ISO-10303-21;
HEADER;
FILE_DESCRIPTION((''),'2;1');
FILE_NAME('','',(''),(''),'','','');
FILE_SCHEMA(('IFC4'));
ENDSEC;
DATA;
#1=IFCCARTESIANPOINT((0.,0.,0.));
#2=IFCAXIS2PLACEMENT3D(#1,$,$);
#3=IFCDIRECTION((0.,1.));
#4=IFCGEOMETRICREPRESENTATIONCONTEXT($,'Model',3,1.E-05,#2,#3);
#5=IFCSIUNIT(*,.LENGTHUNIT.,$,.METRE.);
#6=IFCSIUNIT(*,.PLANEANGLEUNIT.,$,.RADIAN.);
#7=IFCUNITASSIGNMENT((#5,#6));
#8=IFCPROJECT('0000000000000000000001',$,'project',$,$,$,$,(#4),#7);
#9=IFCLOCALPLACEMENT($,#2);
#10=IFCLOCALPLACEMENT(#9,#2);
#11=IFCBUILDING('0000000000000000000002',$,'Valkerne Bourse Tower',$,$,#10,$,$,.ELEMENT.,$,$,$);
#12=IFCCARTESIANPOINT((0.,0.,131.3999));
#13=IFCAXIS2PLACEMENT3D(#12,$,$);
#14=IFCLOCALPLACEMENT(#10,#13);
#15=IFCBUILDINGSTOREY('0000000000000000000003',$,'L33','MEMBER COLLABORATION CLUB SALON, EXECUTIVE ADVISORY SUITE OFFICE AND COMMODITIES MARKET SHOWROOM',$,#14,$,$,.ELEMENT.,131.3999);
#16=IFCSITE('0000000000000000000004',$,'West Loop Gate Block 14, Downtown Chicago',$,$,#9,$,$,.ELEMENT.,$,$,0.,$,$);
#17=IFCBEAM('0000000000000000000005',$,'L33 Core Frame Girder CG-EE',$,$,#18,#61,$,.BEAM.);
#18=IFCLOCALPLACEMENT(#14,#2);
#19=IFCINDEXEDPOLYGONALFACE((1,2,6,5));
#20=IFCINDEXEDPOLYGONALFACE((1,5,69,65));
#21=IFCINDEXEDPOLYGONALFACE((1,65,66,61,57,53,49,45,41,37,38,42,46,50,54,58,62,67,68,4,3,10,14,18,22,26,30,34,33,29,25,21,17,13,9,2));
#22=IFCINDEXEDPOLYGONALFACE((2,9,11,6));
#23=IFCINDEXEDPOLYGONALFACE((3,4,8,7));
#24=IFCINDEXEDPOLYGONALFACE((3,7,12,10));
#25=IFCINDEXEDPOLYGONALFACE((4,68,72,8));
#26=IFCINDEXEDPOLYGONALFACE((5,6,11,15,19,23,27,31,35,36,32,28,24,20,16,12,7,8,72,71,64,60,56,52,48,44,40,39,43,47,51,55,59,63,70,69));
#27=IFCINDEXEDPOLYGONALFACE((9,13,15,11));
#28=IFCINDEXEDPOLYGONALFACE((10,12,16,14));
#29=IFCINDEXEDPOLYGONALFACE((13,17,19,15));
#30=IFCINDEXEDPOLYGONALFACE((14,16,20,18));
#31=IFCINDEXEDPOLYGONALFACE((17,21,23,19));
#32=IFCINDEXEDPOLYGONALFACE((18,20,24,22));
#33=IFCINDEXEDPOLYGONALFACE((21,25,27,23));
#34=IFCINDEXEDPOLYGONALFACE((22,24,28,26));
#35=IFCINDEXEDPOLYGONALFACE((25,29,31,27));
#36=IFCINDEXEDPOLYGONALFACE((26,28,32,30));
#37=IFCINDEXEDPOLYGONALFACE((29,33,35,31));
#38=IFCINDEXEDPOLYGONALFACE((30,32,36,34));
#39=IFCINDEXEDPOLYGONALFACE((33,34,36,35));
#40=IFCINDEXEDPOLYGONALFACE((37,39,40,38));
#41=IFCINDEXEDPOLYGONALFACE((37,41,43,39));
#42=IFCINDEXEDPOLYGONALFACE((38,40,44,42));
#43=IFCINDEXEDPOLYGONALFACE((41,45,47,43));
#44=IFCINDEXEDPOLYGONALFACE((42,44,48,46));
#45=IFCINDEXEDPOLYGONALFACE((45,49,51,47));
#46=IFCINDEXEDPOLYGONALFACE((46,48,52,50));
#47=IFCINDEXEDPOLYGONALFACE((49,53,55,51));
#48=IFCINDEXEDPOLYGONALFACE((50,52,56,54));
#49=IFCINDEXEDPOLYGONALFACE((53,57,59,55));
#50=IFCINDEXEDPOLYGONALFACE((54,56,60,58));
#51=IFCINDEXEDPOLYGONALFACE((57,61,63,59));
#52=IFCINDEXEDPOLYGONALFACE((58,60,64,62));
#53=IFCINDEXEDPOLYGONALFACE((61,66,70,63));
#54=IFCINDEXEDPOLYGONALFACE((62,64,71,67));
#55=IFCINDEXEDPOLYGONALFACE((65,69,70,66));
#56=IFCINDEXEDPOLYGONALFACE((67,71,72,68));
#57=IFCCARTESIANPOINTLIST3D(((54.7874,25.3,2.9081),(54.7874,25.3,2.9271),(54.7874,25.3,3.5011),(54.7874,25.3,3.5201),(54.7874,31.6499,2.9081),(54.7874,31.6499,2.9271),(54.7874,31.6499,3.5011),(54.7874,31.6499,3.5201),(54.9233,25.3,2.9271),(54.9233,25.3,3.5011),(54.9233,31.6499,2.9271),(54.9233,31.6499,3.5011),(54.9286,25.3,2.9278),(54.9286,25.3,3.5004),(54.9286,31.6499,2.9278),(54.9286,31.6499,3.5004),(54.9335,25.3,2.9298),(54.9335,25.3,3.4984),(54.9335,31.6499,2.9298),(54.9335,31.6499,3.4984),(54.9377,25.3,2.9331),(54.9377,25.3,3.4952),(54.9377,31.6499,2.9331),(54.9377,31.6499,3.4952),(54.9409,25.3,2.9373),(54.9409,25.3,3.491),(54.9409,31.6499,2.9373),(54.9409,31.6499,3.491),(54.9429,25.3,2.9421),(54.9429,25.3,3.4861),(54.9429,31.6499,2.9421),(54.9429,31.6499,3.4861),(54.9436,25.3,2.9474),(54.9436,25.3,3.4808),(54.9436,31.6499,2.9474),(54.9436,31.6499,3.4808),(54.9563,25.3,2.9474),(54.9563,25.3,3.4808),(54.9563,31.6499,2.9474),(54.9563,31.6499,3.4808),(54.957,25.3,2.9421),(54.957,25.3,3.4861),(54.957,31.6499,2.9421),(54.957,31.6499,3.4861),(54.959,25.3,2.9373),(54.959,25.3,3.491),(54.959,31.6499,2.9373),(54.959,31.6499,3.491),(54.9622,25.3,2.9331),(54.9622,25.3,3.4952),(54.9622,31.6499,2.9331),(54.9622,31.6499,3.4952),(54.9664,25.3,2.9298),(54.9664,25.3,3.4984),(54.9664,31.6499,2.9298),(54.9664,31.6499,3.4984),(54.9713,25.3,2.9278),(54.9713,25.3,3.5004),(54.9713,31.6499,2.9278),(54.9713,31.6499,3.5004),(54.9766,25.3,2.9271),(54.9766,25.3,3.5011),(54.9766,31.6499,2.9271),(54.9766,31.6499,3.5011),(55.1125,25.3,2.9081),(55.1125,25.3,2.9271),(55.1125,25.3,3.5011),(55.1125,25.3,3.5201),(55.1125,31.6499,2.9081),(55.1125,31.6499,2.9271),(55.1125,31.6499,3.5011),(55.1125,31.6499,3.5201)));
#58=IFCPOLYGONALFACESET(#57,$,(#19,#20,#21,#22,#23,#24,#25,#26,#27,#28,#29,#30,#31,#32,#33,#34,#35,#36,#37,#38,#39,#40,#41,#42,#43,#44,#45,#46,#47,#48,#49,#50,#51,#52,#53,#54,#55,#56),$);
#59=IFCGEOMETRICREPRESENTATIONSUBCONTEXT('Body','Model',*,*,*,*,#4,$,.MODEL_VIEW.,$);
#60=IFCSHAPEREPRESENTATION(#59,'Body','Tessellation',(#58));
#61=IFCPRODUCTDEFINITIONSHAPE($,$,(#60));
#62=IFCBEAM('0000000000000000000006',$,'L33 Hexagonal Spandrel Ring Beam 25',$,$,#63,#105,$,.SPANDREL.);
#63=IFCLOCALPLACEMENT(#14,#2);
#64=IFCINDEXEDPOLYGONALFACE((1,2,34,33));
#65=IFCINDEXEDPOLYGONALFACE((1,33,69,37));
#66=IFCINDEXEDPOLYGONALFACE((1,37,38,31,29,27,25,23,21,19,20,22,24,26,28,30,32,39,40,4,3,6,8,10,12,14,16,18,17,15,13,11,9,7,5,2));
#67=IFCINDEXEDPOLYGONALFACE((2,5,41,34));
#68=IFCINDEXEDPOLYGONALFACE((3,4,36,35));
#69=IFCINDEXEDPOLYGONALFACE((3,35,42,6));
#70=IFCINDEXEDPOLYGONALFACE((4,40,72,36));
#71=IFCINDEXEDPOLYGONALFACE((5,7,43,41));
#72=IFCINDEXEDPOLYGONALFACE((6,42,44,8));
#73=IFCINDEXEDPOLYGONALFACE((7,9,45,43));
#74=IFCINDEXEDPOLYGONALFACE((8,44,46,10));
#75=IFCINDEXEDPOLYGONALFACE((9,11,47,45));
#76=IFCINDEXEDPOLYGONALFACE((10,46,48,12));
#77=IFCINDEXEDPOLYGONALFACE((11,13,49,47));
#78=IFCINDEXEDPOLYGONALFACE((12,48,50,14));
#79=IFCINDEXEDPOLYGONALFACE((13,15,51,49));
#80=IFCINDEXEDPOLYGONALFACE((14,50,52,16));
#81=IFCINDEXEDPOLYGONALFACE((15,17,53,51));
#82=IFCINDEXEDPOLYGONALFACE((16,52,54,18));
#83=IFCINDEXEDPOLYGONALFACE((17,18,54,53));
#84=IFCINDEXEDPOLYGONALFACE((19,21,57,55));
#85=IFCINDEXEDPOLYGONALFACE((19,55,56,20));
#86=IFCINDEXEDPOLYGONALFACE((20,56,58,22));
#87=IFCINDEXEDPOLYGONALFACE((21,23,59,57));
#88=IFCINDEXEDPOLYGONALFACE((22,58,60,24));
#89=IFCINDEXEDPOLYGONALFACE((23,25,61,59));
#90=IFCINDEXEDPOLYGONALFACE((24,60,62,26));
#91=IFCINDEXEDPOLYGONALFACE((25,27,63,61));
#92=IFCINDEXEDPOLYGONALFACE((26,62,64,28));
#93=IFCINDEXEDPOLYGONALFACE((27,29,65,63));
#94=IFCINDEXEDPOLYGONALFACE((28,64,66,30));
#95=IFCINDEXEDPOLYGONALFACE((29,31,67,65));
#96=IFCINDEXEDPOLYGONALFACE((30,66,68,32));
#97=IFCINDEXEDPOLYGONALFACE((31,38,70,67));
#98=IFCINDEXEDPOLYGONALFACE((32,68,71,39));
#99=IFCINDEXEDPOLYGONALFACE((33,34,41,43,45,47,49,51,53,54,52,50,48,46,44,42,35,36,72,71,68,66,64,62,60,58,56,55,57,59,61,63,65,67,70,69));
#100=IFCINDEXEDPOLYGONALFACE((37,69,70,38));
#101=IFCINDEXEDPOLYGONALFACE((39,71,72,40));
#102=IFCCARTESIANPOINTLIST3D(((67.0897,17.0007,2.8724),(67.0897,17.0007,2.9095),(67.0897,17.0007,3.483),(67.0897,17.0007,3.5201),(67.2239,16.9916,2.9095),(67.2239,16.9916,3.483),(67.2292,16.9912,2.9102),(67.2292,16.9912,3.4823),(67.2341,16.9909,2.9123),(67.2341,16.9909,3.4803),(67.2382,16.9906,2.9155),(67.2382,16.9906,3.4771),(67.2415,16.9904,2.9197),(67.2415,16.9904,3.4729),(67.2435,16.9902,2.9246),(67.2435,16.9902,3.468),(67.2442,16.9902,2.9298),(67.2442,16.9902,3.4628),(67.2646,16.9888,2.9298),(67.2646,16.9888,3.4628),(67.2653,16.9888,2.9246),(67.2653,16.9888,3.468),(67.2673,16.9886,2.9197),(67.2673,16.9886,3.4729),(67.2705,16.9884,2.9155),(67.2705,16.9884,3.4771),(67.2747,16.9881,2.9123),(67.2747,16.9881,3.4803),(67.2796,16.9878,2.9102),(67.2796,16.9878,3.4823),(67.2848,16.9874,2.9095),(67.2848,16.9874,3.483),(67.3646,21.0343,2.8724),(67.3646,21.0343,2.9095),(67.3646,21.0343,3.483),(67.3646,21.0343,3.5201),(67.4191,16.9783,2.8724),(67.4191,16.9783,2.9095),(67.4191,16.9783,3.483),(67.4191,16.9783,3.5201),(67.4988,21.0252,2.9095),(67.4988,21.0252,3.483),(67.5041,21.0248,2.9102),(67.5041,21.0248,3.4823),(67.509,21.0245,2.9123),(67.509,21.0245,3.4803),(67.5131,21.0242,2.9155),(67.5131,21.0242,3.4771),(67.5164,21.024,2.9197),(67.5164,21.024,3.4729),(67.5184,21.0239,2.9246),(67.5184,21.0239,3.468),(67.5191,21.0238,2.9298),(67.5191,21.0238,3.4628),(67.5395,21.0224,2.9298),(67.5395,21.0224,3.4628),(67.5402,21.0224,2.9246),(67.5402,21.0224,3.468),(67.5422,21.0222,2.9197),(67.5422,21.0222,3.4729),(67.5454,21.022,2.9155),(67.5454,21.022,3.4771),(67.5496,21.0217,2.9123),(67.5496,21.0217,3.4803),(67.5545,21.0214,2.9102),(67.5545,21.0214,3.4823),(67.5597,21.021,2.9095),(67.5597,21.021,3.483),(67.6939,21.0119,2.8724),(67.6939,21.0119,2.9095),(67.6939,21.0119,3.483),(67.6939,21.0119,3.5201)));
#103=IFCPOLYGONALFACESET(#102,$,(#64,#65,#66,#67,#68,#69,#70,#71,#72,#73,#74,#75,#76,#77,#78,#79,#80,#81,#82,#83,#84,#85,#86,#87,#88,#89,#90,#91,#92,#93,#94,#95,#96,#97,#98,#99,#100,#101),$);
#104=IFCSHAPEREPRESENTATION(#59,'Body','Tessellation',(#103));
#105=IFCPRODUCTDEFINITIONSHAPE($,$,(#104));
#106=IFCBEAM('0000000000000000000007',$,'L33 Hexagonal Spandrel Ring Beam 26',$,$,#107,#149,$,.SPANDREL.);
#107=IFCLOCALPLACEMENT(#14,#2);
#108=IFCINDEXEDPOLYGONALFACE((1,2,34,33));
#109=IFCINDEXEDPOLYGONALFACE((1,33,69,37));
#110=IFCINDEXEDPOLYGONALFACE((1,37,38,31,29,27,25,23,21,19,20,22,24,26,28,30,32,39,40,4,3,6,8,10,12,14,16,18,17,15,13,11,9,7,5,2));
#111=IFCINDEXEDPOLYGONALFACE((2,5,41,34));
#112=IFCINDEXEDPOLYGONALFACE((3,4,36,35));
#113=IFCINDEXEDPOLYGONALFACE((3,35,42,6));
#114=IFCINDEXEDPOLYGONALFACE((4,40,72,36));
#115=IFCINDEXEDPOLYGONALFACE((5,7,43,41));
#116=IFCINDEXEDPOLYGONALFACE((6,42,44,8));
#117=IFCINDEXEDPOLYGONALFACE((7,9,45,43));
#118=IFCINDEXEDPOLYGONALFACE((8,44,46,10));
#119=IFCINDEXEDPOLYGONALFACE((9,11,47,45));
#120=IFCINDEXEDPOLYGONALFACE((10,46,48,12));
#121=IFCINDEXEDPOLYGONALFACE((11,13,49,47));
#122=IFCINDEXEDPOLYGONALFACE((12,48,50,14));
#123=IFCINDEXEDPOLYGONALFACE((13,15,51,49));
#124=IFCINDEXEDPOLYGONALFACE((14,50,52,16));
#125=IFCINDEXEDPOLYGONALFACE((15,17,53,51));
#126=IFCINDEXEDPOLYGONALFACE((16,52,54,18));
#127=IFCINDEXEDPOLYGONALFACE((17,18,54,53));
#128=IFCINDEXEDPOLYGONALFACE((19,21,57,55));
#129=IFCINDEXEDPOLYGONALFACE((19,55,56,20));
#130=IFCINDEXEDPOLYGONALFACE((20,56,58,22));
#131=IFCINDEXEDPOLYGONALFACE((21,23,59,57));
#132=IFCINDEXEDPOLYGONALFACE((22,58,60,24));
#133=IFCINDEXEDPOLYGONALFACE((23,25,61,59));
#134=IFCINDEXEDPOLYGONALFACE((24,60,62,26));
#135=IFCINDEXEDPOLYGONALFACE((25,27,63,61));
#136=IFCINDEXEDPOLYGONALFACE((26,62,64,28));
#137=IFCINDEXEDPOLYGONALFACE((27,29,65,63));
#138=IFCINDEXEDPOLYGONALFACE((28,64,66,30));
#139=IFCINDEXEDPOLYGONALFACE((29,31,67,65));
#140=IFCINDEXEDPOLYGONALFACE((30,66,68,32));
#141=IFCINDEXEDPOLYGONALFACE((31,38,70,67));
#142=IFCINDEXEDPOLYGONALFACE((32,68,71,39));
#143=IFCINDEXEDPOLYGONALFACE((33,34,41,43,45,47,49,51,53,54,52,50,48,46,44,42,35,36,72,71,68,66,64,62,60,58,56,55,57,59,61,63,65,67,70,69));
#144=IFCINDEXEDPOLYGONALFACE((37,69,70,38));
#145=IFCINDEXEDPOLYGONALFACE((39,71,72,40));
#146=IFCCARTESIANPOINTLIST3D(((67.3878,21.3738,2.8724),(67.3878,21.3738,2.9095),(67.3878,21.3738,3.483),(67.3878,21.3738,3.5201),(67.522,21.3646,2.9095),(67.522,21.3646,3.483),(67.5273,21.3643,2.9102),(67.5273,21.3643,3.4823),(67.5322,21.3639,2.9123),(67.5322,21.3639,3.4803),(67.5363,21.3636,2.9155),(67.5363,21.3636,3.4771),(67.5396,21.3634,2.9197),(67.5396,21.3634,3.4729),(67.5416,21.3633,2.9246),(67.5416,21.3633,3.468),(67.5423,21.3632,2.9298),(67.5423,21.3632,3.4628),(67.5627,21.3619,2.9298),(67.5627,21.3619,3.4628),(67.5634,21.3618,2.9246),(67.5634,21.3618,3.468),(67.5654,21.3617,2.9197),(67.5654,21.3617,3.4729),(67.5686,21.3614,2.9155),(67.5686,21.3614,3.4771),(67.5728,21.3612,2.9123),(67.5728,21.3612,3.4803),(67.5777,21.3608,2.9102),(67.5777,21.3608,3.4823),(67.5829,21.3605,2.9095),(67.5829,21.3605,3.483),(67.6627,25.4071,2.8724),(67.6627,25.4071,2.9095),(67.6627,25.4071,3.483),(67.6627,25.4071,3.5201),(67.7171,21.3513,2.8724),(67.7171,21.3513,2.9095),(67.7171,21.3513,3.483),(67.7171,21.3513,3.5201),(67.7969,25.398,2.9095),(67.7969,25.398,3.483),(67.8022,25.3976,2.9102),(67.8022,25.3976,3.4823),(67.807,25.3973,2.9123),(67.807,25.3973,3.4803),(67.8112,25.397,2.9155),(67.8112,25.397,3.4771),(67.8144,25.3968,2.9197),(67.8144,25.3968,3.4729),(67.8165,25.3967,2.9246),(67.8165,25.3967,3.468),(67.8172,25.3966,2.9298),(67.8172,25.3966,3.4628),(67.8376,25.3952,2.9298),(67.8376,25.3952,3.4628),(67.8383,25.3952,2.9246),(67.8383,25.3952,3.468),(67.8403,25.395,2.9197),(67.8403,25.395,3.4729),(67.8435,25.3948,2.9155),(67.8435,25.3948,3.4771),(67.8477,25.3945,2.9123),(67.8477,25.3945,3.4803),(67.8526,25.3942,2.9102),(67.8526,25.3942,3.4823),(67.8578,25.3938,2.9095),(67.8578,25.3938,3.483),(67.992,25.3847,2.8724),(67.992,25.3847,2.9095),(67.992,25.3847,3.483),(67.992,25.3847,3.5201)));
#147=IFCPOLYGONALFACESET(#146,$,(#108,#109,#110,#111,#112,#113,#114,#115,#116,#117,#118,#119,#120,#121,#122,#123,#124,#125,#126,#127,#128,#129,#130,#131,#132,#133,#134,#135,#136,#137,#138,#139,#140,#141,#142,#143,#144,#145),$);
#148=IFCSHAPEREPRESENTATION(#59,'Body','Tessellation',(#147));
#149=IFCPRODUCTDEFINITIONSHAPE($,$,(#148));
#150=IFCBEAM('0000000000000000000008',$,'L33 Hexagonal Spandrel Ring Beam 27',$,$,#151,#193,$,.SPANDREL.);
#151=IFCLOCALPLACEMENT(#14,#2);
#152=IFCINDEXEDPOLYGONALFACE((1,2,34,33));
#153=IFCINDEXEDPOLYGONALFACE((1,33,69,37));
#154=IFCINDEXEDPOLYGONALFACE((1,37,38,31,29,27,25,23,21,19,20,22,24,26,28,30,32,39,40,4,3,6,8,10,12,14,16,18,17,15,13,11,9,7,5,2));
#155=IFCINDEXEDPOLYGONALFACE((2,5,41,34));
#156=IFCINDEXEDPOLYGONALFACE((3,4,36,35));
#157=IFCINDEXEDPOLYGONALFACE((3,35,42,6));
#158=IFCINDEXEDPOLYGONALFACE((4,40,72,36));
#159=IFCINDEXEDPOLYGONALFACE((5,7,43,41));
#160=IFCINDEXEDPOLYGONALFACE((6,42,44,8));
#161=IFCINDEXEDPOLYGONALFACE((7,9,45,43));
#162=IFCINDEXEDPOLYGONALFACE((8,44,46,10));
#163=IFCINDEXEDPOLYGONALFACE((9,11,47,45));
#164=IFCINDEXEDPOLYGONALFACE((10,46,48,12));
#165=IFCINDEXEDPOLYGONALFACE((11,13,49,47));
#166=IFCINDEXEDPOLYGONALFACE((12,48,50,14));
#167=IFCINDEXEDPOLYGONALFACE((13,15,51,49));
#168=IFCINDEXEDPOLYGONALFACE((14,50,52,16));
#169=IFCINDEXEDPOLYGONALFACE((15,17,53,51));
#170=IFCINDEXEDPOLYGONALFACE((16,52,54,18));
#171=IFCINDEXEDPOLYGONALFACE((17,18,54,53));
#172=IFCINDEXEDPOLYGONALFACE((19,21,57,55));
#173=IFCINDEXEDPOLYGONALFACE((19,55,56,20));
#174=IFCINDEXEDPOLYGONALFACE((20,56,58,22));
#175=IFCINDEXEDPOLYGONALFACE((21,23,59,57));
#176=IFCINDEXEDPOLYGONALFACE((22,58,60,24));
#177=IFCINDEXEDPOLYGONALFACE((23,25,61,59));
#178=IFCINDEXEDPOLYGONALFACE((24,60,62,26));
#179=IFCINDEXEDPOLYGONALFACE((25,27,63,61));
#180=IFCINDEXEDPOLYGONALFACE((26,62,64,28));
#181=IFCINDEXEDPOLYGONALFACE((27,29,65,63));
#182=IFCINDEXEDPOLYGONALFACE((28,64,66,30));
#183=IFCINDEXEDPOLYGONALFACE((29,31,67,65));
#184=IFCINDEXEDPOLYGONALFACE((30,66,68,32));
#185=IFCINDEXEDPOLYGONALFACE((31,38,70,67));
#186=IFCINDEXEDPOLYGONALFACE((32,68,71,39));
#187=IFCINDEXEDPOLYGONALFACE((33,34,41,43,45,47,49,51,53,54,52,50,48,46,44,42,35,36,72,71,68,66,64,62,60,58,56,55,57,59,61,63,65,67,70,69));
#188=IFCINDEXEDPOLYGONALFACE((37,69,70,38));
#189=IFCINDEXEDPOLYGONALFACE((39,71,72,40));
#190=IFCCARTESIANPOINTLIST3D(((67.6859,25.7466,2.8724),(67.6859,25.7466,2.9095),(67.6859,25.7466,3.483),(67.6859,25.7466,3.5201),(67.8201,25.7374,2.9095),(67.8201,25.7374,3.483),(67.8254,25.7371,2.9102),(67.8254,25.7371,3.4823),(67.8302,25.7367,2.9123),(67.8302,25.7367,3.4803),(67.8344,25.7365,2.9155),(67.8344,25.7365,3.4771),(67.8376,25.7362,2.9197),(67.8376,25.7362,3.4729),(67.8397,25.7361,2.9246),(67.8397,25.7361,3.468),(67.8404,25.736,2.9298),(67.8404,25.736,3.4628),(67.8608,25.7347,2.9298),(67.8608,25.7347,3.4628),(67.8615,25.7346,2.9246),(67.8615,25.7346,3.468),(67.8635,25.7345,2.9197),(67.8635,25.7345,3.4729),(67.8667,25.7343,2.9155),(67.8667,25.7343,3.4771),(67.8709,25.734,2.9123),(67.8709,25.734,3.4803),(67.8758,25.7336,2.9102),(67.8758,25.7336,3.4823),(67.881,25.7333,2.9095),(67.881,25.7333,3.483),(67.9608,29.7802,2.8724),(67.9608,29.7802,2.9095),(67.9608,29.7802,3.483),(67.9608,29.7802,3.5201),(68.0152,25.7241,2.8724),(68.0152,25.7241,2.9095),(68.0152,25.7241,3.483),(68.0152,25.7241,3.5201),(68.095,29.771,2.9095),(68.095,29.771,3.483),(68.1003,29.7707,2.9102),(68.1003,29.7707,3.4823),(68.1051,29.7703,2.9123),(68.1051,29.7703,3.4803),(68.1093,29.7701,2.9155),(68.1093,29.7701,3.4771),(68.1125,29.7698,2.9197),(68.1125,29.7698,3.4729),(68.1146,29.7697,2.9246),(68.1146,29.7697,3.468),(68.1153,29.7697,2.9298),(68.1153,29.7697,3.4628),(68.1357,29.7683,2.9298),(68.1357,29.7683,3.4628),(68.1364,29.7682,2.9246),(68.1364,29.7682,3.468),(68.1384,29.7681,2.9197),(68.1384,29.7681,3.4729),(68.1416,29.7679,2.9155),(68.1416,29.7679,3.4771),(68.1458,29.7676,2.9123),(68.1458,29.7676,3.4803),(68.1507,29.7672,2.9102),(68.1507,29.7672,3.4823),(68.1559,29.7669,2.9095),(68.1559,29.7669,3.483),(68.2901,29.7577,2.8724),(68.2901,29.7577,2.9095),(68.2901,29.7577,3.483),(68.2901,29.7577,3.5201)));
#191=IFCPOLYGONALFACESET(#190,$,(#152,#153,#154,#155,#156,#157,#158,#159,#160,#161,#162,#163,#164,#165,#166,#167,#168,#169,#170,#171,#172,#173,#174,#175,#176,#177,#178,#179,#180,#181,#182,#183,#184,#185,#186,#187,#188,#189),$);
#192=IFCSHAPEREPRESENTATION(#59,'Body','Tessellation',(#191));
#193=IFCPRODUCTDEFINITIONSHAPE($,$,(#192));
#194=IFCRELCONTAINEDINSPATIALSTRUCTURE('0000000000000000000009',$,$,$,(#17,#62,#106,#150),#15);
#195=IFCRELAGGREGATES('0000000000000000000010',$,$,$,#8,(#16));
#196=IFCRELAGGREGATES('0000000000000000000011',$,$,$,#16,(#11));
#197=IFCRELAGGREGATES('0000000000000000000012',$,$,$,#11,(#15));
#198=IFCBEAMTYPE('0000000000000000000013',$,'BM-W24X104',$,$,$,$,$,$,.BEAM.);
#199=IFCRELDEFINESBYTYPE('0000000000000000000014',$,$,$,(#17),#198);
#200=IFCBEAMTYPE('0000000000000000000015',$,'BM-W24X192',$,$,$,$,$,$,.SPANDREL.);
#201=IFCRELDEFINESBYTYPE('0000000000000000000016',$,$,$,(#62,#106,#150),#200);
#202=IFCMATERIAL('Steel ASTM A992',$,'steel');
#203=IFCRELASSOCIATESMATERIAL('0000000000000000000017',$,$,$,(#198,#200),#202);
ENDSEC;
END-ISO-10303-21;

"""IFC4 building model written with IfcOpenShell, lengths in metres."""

from ifc_helpers import new_model, si_unit, direction, frame, origin, origin_2d, place, context, subcontext, project, spatial, i_section, extrude, material, material_profile, profile_set, type_object, element, save


model = new_model("IFC4")

# Units and contexts
model_context = context("Model", 3, precision=1e-05, world=origin(), true_north=direction((0.0, 1.0)))
body_context = subcontext(model_context, "Body", "Model", "MODEL_VIEW")
ifc_project = project(units=[si_unit("LENGTHUNIT", "METRE"), si_unit("PLANEANGLEUNIT", "RADIAN")], contexts=[model_context])

# Site, building, storey
site_placement = place(None, origin())
site = spatial("IfcSite", under=ifc_project, at=site_placement, Name="West Loop Gate Block 14, Downtown Chicago", CompositionType="ELEMENT", RefElevation=0.0)
building_placement = place(site_placement, origin())
building = spatial("IfcBuilding", under=site, at=building_placement, Name="Valkerne Bourse Tower", CompositionType="ELEMENT")
storey_placement = place(building_placement, frame((0.0, 0.0, 131.3999)))
storey = spatial("IfcBuildingStorey", under=building, at=storey_placement, Name="L33", Description="MEMBER COLLABORATION CLUB SALON, EXECUTIVE ADVISORY SUITE OFFICE AND COMMODITIES MARKET SHOWROOM", CompositionType="ELEMENT", Elevation=131.3999)

# Beams
ifc_material_1 = material(Name="Steel ASTM A992", Category="steel")
ifc_material_profile_1 = material_profile(ifc_material_1, i_section(OverallWidth=0.3252, OverallDepth=0.6121, WebThickness=0.0127, FlangeThickness=0.019, FilletRadius=0.0203, at=origin_2d()), Name="W24X104")
ifc_profile_set_1 = profile_set([ifc_material_profile_1], Name="Steel ASTM A992")
beam_type_1 = type_object("IfcBeamType", Name="BM-W24X104", PredefinedType="BEAM", material=ifc_profile_set_1)
beam_1_placement = place(storey_placement, frame((54.95, 25.3, 3.2141), z_axis=(0.0, 1.0, 0.0), x_axis=(-1.0, 0.0, 0.0)))
element("IfcBeam", 1, at=beam_1_placement, inside=storey, type_object=beam_type_1, Name="L33 Core Frame Girder CG-EE", PredefinedType="BEAM", context=body_context, shape_type="SweptSolid", body=[
    extrude(i_section(OverallWidth=0.3252, OverallDepth=0.6121, WebThickness=0.0127, FlangeThickness=0.019, FilletRadius=0.0203, at=origin_2d()), origin(), (0.0, 0.0, 1.0), 6.3499),
])
ifc_material_profile_2 = material_profile(ifc_material_1, i_section(OverallWidth=0.3301, OverallDepth=0.6477, WebThickness=0.0205, FlangeThickness=0.0371, FilletRadius=0.0203, at=origin_2d()), Name="W24X192")
ifc_profile_set_2 = profile_set([ifc_material_profile_2], Name="Steel ASTM A992")
beam_type_2 = type_object("IfcBeamType", Name="BM-W24X192", PredefinedType="SPANDREL", material=ifc_profile_set_2)
beam_2_placement = place(storey_placement, frame((67.2544, 16.9895, 3.1963), z_axis=(0.067994, 0.997686, 0.0), x_axis=(-0.997686, 0.067994, 0.0)))
element("IfcBeam", 2, at=beam_2_placement, inside=storey, type_object=beam_type_2, Name="L33 Hexagonal Spandrel Ring Beam 25", PredefinedType="SPANDREL", context=body_context, shape_type="SweptSolid", body=[
    extrude(i_section(OverallWidth=0.3301, OverallDepth=0.6477, WebThickness=0.0205, FlangeThickness=0.0371, FilletRadius=0.0203, at=origin_2d()), origin(), (0.0, 0.0, 1.0), 4.043),
])
beam_3_placement = place(storey_placement, frame((67.5525, 21.3625, 3.1963), z_axis=(0.067998, 0.997685, 0.0), x_axis=(-0.997685, 0.067998, 0.0)))
element("IfcBeam", 3, at=beam_3_placement, inside=storey, type_object=beam_type_2, Name="L33 Hexagonal Spandrel Ring Beam 26", PredefinedType="SPANDREL", context=body_context, shape_type="SweptSolid", body=[
    extrude(i_section(OverallWidth=0.3301, OverallDepth=0.6477, WebThickness=0.0205, FlangeThickness=0.0371, FilletRadius=0.0203, at=origin_2d()), origin(), (0.0, 0.0, 1.0), 4.0427),
])
beam_4_placement = place(storey_placement, frame((67.8506, 25.7354, 3.1963), z_axis=(0.067994, 0.997686, 0.0), x_axis=(-0.997686, 0.067994, 0.0)))
element("IfcBeam", 4, at=beam_4_placement, inside=storey, type_object=beam_type_2, Name="L33 Hexagonal Spandrel Ring Beam 27", PredefinedType="SPANDREL", context=body_context, shape_type="SweptSolid", body=[
    extrude(i_section(OverallWidth=0.3301, OverallDepth=0.6477, WebThickness=0.0205, FlangeThickness=0.0371, FilletRadius=0.0203, at=origin_2d()), origin(), (0.0, 0.0, 1.0), 4.043),
])

save(model, "model.ifc")
